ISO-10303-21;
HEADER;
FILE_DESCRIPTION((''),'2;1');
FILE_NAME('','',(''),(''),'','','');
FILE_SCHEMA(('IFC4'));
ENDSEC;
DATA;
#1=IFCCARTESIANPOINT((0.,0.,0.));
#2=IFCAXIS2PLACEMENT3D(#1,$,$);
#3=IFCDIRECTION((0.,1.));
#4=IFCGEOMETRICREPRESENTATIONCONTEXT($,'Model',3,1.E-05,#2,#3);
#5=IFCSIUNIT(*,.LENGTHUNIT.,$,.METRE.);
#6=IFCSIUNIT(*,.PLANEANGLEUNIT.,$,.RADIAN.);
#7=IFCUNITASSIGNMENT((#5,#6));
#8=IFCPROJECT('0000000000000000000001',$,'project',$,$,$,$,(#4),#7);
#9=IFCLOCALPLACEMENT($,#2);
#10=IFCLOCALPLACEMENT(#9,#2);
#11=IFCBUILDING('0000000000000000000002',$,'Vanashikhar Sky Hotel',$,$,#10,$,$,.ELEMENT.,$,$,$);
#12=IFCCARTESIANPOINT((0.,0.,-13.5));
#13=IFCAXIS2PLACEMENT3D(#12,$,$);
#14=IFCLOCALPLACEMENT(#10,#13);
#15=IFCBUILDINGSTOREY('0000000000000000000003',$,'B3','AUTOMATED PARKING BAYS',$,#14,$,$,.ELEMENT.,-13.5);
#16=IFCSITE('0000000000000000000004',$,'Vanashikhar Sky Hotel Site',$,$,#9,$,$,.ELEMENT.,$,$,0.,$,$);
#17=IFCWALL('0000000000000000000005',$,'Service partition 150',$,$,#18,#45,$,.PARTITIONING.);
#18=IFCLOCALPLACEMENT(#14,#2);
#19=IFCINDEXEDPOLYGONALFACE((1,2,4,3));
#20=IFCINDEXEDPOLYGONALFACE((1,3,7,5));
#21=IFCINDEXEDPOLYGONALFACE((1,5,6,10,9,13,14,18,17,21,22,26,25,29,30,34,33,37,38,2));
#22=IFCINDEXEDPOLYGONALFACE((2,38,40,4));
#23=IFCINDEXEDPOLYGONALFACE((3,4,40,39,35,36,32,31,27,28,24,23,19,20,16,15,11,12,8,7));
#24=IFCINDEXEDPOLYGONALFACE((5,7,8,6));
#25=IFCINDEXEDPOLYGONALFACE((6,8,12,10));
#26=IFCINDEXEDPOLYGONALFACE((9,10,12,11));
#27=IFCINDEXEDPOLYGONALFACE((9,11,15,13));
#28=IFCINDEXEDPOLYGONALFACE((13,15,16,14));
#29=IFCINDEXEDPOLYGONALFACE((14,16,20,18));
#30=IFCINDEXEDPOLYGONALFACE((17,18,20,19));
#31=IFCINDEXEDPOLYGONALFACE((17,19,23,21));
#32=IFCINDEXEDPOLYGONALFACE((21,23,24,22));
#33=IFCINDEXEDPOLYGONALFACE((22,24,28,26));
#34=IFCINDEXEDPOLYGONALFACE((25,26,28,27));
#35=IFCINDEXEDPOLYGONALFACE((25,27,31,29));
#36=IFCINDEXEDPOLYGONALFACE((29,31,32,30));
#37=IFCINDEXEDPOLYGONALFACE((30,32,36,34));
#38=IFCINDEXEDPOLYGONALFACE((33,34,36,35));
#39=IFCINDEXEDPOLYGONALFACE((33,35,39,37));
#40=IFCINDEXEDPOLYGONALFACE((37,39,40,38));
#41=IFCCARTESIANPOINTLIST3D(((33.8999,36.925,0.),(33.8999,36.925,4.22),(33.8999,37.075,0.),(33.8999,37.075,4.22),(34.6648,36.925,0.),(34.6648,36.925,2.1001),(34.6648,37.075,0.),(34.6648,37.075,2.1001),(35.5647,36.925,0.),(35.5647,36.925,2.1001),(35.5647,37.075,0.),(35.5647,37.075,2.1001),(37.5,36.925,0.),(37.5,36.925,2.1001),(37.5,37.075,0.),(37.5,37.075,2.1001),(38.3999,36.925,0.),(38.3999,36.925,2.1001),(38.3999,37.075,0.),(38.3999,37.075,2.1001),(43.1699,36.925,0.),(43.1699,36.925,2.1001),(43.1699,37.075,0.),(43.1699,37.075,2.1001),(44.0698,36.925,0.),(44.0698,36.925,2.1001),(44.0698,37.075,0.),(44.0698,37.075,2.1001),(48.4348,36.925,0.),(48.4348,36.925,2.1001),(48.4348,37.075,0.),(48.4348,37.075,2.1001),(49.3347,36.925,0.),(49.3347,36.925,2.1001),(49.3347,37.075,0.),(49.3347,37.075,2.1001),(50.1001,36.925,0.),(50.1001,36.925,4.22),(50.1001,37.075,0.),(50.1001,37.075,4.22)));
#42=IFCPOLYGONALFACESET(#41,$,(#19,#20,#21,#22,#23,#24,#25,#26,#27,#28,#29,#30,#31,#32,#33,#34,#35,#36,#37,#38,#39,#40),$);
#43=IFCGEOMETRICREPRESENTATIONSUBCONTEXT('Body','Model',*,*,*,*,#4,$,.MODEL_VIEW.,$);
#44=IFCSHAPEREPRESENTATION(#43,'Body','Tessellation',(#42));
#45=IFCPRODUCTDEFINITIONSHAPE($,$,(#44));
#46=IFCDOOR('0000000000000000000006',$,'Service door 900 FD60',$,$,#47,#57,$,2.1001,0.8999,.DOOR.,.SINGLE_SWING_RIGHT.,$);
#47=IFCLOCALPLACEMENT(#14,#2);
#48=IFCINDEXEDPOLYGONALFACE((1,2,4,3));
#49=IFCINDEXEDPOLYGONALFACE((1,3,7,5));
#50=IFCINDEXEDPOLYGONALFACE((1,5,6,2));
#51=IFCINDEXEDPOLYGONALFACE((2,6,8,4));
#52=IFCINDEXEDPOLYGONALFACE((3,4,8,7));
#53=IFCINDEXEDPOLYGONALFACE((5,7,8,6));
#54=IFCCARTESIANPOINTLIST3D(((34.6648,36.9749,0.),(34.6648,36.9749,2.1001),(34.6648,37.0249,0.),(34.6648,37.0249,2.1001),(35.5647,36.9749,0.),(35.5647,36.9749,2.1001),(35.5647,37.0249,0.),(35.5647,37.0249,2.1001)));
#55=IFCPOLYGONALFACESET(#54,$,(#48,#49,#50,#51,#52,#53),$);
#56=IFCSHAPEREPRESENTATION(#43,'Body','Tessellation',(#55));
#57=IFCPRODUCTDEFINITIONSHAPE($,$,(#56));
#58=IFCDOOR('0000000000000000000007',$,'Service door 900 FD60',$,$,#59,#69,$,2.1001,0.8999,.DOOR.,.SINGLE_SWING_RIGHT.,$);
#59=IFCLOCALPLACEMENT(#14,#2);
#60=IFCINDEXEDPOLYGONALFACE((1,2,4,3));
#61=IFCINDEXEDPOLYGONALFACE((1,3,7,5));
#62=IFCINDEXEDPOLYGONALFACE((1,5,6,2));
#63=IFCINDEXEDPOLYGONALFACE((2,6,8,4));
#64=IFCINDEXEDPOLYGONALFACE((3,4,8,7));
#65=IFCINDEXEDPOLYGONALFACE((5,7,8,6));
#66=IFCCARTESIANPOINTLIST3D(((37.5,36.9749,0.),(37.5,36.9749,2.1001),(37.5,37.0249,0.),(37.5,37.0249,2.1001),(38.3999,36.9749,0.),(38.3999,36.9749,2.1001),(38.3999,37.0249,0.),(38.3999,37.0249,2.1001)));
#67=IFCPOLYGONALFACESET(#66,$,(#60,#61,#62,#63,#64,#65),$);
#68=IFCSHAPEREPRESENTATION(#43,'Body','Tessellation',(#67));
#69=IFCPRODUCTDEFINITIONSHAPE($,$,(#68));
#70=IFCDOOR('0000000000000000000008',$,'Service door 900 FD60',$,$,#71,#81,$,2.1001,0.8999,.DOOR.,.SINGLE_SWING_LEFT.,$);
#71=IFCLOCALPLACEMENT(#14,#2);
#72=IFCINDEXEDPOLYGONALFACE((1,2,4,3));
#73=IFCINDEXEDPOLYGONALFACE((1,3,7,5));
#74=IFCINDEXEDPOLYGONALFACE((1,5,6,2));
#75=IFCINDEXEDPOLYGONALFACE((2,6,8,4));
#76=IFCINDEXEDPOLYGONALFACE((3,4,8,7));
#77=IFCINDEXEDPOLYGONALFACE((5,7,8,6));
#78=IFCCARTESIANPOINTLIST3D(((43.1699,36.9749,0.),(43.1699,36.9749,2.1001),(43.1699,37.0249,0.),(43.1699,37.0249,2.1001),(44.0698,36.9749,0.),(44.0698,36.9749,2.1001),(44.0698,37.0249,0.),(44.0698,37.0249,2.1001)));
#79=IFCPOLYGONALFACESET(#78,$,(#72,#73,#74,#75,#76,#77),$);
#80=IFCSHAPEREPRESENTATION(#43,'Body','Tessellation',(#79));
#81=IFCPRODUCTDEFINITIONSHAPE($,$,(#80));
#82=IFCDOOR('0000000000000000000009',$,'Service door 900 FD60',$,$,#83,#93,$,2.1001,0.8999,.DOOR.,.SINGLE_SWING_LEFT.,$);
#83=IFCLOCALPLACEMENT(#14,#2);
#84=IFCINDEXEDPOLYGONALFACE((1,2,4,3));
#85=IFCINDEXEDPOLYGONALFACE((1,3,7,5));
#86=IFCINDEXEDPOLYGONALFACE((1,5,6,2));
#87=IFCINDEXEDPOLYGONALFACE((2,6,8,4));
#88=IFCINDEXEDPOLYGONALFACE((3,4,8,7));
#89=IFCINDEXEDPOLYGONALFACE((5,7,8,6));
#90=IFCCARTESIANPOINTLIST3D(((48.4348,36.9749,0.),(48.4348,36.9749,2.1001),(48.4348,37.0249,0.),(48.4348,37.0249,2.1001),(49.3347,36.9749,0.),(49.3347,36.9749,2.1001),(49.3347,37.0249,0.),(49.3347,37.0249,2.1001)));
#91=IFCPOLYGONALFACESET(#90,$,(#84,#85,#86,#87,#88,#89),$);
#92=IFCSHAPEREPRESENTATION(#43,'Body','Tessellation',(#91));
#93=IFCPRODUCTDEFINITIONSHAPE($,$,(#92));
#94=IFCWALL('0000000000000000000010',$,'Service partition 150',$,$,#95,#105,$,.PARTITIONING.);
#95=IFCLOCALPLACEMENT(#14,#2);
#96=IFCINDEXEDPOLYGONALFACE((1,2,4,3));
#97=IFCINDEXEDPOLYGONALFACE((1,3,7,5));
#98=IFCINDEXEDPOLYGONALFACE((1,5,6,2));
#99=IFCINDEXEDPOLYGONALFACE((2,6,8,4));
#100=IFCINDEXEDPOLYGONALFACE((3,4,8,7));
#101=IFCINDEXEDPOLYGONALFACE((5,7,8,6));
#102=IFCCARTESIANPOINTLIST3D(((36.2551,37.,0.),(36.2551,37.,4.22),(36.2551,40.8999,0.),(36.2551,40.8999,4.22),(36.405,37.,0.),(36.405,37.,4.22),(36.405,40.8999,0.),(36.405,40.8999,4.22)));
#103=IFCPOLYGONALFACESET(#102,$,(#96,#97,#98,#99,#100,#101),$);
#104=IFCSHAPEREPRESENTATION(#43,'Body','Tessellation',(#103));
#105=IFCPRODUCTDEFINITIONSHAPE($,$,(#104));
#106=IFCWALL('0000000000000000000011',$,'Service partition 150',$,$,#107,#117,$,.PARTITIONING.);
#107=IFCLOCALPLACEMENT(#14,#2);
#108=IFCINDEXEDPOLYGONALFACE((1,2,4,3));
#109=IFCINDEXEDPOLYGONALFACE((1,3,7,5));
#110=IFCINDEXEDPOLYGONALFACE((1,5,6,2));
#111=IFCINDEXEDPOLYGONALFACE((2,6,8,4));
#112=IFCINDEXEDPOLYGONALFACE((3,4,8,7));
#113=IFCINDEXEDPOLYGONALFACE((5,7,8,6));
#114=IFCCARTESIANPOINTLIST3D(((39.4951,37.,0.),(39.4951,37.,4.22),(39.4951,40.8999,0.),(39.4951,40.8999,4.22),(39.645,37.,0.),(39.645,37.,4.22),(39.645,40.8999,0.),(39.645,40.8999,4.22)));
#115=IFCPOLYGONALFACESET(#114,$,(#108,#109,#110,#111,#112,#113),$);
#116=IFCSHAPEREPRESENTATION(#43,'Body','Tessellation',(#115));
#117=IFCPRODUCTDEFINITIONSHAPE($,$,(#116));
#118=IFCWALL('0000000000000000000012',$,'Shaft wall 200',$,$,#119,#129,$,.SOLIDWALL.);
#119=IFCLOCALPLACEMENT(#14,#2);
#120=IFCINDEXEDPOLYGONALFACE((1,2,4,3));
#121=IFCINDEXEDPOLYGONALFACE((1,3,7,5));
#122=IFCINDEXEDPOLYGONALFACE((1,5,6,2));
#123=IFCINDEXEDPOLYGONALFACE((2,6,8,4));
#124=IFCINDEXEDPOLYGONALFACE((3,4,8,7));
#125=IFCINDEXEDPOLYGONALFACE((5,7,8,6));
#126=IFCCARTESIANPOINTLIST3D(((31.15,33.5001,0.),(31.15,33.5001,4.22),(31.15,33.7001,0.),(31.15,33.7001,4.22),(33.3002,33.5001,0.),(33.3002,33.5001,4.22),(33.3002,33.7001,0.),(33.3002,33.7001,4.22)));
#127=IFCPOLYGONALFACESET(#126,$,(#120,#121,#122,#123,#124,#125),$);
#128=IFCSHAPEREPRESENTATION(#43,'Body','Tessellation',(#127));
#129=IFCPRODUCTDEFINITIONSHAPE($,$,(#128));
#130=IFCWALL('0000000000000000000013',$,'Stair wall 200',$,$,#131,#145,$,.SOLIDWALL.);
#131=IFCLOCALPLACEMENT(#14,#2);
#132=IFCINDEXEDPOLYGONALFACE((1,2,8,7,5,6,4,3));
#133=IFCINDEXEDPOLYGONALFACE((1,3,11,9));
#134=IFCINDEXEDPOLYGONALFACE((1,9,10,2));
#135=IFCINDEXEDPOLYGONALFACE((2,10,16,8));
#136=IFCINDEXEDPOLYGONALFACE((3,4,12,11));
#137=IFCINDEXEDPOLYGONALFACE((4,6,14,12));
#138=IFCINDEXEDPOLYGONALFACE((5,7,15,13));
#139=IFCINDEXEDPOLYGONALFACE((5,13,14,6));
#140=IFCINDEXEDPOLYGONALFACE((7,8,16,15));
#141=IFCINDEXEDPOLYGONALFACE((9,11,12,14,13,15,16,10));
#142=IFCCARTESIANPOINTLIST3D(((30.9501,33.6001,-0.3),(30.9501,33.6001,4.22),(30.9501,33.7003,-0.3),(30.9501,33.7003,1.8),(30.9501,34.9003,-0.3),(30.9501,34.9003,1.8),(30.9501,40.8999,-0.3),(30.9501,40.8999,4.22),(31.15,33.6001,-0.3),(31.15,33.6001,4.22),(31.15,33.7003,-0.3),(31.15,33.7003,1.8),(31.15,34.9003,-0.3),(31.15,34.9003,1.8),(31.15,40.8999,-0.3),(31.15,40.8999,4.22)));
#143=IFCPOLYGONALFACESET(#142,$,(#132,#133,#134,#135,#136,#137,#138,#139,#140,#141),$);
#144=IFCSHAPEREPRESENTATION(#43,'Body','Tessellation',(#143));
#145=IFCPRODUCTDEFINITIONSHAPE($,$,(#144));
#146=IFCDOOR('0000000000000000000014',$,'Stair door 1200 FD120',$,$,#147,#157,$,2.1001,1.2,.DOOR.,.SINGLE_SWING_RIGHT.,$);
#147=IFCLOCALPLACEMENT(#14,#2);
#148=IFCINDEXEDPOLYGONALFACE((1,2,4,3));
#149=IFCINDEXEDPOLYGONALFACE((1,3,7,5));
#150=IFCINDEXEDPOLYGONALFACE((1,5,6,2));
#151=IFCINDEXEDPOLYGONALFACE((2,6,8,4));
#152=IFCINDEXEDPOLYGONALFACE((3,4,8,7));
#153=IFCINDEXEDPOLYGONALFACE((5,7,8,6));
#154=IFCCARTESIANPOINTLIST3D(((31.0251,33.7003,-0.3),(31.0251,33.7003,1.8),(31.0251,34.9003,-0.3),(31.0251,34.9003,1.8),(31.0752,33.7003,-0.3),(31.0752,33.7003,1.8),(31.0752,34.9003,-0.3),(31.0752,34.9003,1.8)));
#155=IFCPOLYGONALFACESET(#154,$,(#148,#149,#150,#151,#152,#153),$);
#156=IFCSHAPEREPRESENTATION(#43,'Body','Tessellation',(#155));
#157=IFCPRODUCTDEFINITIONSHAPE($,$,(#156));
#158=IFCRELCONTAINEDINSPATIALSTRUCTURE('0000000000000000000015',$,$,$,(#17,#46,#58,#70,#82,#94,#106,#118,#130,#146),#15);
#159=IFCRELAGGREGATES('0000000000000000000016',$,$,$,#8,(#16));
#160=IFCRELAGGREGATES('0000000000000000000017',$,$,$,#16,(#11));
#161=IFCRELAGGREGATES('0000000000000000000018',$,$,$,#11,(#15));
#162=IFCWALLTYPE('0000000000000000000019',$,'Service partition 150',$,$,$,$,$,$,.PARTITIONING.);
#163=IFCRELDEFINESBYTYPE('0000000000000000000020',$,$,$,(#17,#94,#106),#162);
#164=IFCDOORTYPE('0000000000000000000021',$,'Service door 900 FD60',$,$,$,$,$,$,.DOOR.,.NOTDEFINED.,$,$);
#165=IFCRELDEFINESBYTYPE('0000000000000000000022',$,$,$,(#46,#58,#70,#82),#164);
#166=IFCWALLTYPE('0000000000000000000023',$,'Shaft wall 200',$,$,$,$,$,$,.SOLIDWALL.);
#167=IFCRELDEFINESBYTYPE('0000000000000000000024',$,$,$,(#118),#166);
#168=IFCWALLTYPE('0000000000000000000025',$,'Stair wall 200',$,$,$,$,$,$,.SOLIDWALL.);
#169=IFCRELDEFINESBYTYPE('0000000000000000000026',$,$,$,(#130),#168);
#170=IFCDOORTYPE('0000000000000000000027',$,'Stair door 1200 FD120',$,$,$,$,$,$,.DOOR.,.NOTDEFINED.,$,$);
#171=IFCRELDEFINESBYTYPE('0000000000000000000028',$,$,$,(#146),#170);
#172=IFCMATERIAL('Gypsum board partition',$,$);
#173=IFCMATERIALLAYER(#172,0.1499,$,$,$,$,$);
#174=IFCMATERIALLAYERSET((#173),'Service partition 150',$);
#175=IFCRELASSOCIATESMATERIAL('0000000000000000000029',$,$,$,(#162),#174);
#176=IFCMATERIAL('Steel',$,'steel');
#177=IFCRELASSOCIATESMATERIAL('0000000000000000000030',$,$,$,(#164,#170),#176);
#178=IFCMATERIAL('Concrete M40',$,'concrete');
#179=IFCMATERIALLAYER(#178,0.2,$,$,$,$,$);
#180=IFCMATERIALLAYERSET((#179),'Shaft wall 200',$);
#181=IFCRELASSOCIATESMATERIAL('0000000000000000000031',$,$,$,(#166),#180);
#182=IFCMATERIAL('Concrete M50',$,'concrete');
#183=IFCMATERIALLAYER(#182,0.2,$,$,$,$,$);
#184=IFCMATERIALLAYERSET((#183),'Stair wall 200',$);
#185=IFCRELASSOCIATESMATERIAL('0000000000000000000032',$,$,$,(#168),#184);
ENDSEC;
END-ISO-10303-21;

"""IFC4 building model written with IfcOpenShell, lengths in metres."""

from ifc_helpers import new_model, si_unit, direction, frame, frame_2d, origin, place, context, subcontext, project, spatial, rectangle, extrude, source, transform, mapped, material, layer, layer_set, type_object, element, fill, save


model = new_model("IFC4")

# Units and contexts
model_context = context("Model", 3, precision=1e-05, world=origin(), true_north=direction((0.0, 1.0)))
body_context = subcontext(model_context, "Body", "Model", "MODEL_VIEW")
ifc_project = project(units=[si_unit("LENGTHUNIT", "METRE"), si_unit("PLANEANGLEUNIT", "RADIAN")], contexts=[model_context])

# Site, building, storey
site_placement = place(None, origin())
site = spatial("IfcSite", under=ifc_project, at=site_placement, Name="Vanashikhar Sky Hotel Site", CompositionType="ELEMENT", RefElevation=0.0)
building_placement = place(site_placement, origin())
building = spatial("IfcBuilding", under=site, at=building_placement, Name="Vanashikhar Sky Hotel", CompositionType="ELEMENT")
storey_placement = place(building_placement, frame((0.0, 0.0, -13.5)))
storey = spatial("IfcBuildingStorey", under=building, at=storey_placement, Name="B3", Description="AUTOMATED PARKING BAYS", CompositionType="ELEMENT", Elevation=-13.5)

# Shared definitions
ifc_material_1 = material(Name="Concrete M40", Category="concrete")

# Shared definitions
ifc_material_2 = material(Name="Gypsum board partition")
ifc_layer_1 = layer(ifc_material_2, 0.1499)
ifc_layer_set_1 = layer_set([ifc_layer_1], Name="Service partition 150")
wall_type_1 = type_object("IfcWallType", Name="Service partition 150", PredefinedType="PARTITIONING", material=ifc_layer_set_1)
shared_shape_1 = source(origin(), body_context, "Body", "SweptSolid", [
    extrude(rectangle(XDim=0.8999, YDim=2.1001, at=frame_2d((0.45, 1.05))), frame((0.0, 0.085, 0.0), z_axis=(0.0, -1.0, 0.0), x_axis=(1.0, 0.0, 0.0)), (0.0, 0.0, 1.0), 0.1699),
])
ifc_material_3 = material(Name="Steel", Category="steel")
door_type_1 = type_object("IfcDoorType", Name="Service door 900 FD60", OperationType="NOTDEFINED", PredefinedType="DOOR", material=ifc_material_3)
shared_shape_2 = source(origin(), body_context, "Body", "SweptSolid", [
    extrude(rectangle(XDim=0.8999, YDim=2.1001, at=frame_2d((0.45, 1.05))), frame((0.0, 0.0249, 0.0), z_axis=(0.0, -1.0, 0.0), x_axis=(1.0, 0.0, 0.0)), (0.0, 0.0, 1.0), 0.05),
])

# Wall, openings, doors
shared_shape_3 = source(origin(), body_context, "Body", "SweptSolid", [
    extrude(rectangle(XDim=16.2002, YDim=0.1499, at=frame_2d((8.1001, 0.0))), origin(), (0.0, 0.0, 1.0), 4.22),
])
wall_1_placement = place(storey_placement, frame((33.8999, 37.0, 0.0), z_axis=(0.0, 0.0, 1.0), x_axis=(1.0, 0.0, 0.0)))
wall_1 = element("IfcWall", 1, at=wall_1_placement, inside=storey, type_object=wall_type_1, Name="Service partition 150", PredefinedType="PARTITIONING", context=body_context, shape_type="MappedRepresentation", body=[
    mapped(shared_shape_3, transform((0.0, 0.0, 0.0), scale=1.0)),
])
opening_1_placement = place(wall_1_placement, frame((0.7649, 0.0, 0.0)))
opening_1 = element("IfcOpeningElement", 2, at=opening_1_placement, cuts=wall_1, PredefinedType="OPENING", context=body_context, shape_type="MappedRepresentation", body=[
    mapped(shared_shape_1, transform((0.0, 0.0, 0.0), scale=1.0)),
])
opening_2_placement = place(wall_1_placement, frame((3.6001, 0.0, 0.0)))
opening_2 = element("IfcOpeningElement", 3, at=opening_2_placement, cuts=wall_1, PredefinedType="OPENING", context=body_context, shape_type="MappedRepresentation", body=[
    mapped(shared_shape_1, transform((0.0, 0.0, 0.0), scale=1.0)),
])
opening_3_placement = place(wall_1_placement, frame((9.27, 0.0, 0.0)))
opening_3 = element("IfcOpeningElement", 4, at=opening_3_placement, cuts=wall_1, PredefinedType="OPENING", context=body_context, shape_type="MappedRepresentation", body=[
    mapped(shared_shape_1, transform((0.0, 0.0, 0.0), scale=1.0)),
])
opening_4_placement = place(wall_1_placement, frame((14.5349, 0.0, 0.0)))
opening_4 = element("IfcOpeningElement", 5, at=opening_4_placement, cuts=wall_1, PredefinedType="OPENING", context=body_context, shape_type="MappedRepresentation", body=[
    mapped(shared_shape_1, transform((0.0, 0.0, 0.0), scale=1.0)),
])
door_1_placement = place(opening_1_placement, origin())
door_1 = element("IfcDoor", 6, at=door_1_placement, inside=storey, type_object=door_type_1, Name="Service door 900 FD60", OperationType="SINGLE_SWING_RIGHT", OverallHeight=2.1001, OverallWidth=0.8999, PredefinedType="DOOR", context=body_context, shape_type="MappedRepresentation", body=[
    mapped(shared_shape_2, transform((0.0, 0.0, 0.0), scale=1.0)),
])
fill(opening_1, door_1)
door_2_placement = place(opening_2_placement, origin())
door_2 = element("IfcDoor", 7, at=door_2_placement, inside=storey, type_object=door_type_1, Name="Service door 900 FD60", OperationType="SINGLE_SWING_RIGHT", OverallHeight=2.1001, OverallWidth=0.8999, PredefinedType="DOOR", context=body_context, shape_type="MappedRepresentation", body=[
    mapped(shared_shape_2, transform((0.0, 0.0, 0.0), scale=1.0)),
])
fill(opening_2, door_2)
door_3_placement = place(opening_3_placement, origin())
door_3 = element("IfcDoor", 8, at=door_3_placement, inside=storey, type_object=door_type_1, Name="Service door 900 FD60", OperationType="SINGLE_SWING_LEFT", OverallHeight=2.1001, OverallWidth=0.8999, PredefinedType="DOOR", context=body_context, shape_type="MappedRepresentation", body=[
    mapped(shared_shape_2, transform((0.0, 0.0, 0.0), scale=1.0)),
])
fill(opening_3, door_3)
door_4_placement = place(opening_4_placement, origin())
door_4 = element("IfcDoor", 9, at=door_4_placement, inside=storey, type_object=door_type_1, Name="Service door 900 FD60", OperationType="SINGLE_SWING_LEFT", OverallHeight=2.1001, OverallWidth=0.8999, PredefinedType="DOOR", context=body_context, shape_type="MappedRepresentation", body=[
    mapped(shared_shape_2, transform((0.0, 0.0, 0.0), scale=1.0)),
])
fill(opening_4, door_4)

# Walls
shared_shape_4 = source(origin(), body_context, "Body", "SweptSolid", [
    extrude(rectangle(XDim=3.8999, YDim=0.1499, at=frame_2d((1.95, 0.0))), origin(), (0.0, 0.0, 1.0), 4.22),
])
for number, where, z_axis, x_axis, name in (
    (10, (36.3301, 37.0, 0.0), (0.0, 0.0, 1.0), (0.0, 1.0, 0.0), "Service partition 150"),
    (11, (39.5701, 37.0, 0.0), (0.0, 0.0, 1.0), (0.0, 1.0, 0.0), "Service partition 150"),
):
    element("IfcWall", number, at=place(storey_placement, frame(where, z_axis=z_axis, x_axis=x_axis)), inside=storey, type_object=wall_type_1, Name=name, PredefinedType="PARTITIONING", context=body_context, shape_type="MappedRepresentation", body=[
        mapped(shared_shape_4, transform((0.0, 0.0, 0.0), scale=1.0)),
    ])
ifc_layer_2 = layer(ifc_material_1, 0.2)
ifc_layer_set_2 = layer_set([ifc_layer_2], Name="Shaft wall 200")
wall_type_2 = type_object("IfcWallType", Name="Shaft wall 200", PredefinedType="SOLIDWALL", material=ifc_layer_set_2)
shared_shape_5 = source(origin(), body_context, "Body", "SweptSolid", [
    extrude(rectangle(XDim=2.1501, YDim=0.2, at=frame_2d((1.0752, 0.0))), origin(), (0.0, 0.0, 1.0), 4.22),
])
wall_2_placement = place(storey_placement, frame((31.1499, 33.6001, 0.0), z_axis=(0.0, 0.0, 1.0), x_axis=(1.0, 0.0, 0.0)))
element("IfcWall", 12, at=wall_2_placement, inside=storey, type_object=wall_type_2, Name="Shaft wall 200", PredefinedType="SOLIDWALL", context=body_context, shape_type="MappedRepresentation", body=[
    mapped(shared_shape_5, transform((0.0, 0.0, 0.0), scale=1.0)),
])

# Wall, opening, door
ifc_material_4 = material(Name="Concrete M50", Category="concrete")
ifc_layer_3 = layer(ifc_material_4, 0.2)
ifc_layer_set_3 = layer_set([ifc_layer_3], Name="Stair wall 200")
wall_type_3 = type_object("IfcWallType", Name="Stair wall 200", PredefinedType="SOLIDWALL", material=ifc_layer_set_3)
shared_shape_6 = source(origin(), body_context, "Body", "SweptSolid", [
    extrude(rectangle(XDim=7.2998, YDim=0.2, at=frame_2d((3.6499, 0.0))), origin(), (0.0, 0.0, 1.0), 4.52),
])
wall_3_placement = place(storey_placement, frame((31.05, 33.6001, -0.3), z_axis=(0.0, 0.0, 1.0), x_axis=(0.0, 1.0, 0.0)))
wall_3 = element("IfcWall", 13, at=wall_3_placement, inside=storey, type_object=wall_type_3, Name="Stair wall 200", PredefinedType="SOLIDWALL", context=body_context, shape_type="MappedRepresentation", body=[
    mapped(shared_shape_6, transform((0.0, 0.0, 0.0), scale=1.0)),
])
shared_shape_7 = source(origin(), body_context, "Body", "SweptSolid", [
    extrude(rectangle(XDim=1.2, YDim=2.1001, at=frame_2d((0.6001, 1.05))), frame((0.0, 0.1099, 0.0), z_axis=(0.0, -1.0, 0.0), x_axis=(1.0, 0.0, 0.0)), (0.0, 0.0, 1.0), 0.22),
])
opening_5_placement = place(wall_3_placement, frame((0.1001, 0.0, 0.0)))
opening_5 = element("IfcOpeningElement", 14, at=opening_5_placement, cuts=wall_3, PredefinedType="OPENING", context=body_context, shape_type="MappedRepresentation", body=[
    mapped(shared_shape_7, transform((0.0, 0.0, 0.0), scale=1.0)),
])
door_type_2 = type_object("IfcDoorType", Name="Stair door 1200 FD120", OperationType="NOTDEFINED", PredefinedType="DOOR", material=ifc_material_3)
shared_shape_8 = source(origin(), body_context, "Body", "SweptSolid", [
    extrude(rectangle(XDim=1.2, YDim=2.1001, at=frame_2d((0.6001, 1.05))), frame((0.0, 0.0249, 0.0), z_axis=(0.0, -1.0, 0.0), x_axis=(1.0, 0.0, 0.0)), (0.0, 0.0, 1.0), 0.05),
])
door_5_placement = place(opening_5_placement, origin())
door_5 = element("IfcDoor", 15, at=door_5_placement, inside=storey, type_object=door_type_2, Name="Stair door 1200 FD120", OperationType="SINGLE_SWING_RIGHT", OverallHeight=2.1001, OverallWidth=1.2, PredefinedType="DOOR", context=body_context, shape_type="MappedRepresentation", body=[
    mapped(shared_shape_8, transform((0.0, 0.0, 0.0), scale=1.0)),
])
fill(opening_5, door_5)

save(model, "model.ifc")
